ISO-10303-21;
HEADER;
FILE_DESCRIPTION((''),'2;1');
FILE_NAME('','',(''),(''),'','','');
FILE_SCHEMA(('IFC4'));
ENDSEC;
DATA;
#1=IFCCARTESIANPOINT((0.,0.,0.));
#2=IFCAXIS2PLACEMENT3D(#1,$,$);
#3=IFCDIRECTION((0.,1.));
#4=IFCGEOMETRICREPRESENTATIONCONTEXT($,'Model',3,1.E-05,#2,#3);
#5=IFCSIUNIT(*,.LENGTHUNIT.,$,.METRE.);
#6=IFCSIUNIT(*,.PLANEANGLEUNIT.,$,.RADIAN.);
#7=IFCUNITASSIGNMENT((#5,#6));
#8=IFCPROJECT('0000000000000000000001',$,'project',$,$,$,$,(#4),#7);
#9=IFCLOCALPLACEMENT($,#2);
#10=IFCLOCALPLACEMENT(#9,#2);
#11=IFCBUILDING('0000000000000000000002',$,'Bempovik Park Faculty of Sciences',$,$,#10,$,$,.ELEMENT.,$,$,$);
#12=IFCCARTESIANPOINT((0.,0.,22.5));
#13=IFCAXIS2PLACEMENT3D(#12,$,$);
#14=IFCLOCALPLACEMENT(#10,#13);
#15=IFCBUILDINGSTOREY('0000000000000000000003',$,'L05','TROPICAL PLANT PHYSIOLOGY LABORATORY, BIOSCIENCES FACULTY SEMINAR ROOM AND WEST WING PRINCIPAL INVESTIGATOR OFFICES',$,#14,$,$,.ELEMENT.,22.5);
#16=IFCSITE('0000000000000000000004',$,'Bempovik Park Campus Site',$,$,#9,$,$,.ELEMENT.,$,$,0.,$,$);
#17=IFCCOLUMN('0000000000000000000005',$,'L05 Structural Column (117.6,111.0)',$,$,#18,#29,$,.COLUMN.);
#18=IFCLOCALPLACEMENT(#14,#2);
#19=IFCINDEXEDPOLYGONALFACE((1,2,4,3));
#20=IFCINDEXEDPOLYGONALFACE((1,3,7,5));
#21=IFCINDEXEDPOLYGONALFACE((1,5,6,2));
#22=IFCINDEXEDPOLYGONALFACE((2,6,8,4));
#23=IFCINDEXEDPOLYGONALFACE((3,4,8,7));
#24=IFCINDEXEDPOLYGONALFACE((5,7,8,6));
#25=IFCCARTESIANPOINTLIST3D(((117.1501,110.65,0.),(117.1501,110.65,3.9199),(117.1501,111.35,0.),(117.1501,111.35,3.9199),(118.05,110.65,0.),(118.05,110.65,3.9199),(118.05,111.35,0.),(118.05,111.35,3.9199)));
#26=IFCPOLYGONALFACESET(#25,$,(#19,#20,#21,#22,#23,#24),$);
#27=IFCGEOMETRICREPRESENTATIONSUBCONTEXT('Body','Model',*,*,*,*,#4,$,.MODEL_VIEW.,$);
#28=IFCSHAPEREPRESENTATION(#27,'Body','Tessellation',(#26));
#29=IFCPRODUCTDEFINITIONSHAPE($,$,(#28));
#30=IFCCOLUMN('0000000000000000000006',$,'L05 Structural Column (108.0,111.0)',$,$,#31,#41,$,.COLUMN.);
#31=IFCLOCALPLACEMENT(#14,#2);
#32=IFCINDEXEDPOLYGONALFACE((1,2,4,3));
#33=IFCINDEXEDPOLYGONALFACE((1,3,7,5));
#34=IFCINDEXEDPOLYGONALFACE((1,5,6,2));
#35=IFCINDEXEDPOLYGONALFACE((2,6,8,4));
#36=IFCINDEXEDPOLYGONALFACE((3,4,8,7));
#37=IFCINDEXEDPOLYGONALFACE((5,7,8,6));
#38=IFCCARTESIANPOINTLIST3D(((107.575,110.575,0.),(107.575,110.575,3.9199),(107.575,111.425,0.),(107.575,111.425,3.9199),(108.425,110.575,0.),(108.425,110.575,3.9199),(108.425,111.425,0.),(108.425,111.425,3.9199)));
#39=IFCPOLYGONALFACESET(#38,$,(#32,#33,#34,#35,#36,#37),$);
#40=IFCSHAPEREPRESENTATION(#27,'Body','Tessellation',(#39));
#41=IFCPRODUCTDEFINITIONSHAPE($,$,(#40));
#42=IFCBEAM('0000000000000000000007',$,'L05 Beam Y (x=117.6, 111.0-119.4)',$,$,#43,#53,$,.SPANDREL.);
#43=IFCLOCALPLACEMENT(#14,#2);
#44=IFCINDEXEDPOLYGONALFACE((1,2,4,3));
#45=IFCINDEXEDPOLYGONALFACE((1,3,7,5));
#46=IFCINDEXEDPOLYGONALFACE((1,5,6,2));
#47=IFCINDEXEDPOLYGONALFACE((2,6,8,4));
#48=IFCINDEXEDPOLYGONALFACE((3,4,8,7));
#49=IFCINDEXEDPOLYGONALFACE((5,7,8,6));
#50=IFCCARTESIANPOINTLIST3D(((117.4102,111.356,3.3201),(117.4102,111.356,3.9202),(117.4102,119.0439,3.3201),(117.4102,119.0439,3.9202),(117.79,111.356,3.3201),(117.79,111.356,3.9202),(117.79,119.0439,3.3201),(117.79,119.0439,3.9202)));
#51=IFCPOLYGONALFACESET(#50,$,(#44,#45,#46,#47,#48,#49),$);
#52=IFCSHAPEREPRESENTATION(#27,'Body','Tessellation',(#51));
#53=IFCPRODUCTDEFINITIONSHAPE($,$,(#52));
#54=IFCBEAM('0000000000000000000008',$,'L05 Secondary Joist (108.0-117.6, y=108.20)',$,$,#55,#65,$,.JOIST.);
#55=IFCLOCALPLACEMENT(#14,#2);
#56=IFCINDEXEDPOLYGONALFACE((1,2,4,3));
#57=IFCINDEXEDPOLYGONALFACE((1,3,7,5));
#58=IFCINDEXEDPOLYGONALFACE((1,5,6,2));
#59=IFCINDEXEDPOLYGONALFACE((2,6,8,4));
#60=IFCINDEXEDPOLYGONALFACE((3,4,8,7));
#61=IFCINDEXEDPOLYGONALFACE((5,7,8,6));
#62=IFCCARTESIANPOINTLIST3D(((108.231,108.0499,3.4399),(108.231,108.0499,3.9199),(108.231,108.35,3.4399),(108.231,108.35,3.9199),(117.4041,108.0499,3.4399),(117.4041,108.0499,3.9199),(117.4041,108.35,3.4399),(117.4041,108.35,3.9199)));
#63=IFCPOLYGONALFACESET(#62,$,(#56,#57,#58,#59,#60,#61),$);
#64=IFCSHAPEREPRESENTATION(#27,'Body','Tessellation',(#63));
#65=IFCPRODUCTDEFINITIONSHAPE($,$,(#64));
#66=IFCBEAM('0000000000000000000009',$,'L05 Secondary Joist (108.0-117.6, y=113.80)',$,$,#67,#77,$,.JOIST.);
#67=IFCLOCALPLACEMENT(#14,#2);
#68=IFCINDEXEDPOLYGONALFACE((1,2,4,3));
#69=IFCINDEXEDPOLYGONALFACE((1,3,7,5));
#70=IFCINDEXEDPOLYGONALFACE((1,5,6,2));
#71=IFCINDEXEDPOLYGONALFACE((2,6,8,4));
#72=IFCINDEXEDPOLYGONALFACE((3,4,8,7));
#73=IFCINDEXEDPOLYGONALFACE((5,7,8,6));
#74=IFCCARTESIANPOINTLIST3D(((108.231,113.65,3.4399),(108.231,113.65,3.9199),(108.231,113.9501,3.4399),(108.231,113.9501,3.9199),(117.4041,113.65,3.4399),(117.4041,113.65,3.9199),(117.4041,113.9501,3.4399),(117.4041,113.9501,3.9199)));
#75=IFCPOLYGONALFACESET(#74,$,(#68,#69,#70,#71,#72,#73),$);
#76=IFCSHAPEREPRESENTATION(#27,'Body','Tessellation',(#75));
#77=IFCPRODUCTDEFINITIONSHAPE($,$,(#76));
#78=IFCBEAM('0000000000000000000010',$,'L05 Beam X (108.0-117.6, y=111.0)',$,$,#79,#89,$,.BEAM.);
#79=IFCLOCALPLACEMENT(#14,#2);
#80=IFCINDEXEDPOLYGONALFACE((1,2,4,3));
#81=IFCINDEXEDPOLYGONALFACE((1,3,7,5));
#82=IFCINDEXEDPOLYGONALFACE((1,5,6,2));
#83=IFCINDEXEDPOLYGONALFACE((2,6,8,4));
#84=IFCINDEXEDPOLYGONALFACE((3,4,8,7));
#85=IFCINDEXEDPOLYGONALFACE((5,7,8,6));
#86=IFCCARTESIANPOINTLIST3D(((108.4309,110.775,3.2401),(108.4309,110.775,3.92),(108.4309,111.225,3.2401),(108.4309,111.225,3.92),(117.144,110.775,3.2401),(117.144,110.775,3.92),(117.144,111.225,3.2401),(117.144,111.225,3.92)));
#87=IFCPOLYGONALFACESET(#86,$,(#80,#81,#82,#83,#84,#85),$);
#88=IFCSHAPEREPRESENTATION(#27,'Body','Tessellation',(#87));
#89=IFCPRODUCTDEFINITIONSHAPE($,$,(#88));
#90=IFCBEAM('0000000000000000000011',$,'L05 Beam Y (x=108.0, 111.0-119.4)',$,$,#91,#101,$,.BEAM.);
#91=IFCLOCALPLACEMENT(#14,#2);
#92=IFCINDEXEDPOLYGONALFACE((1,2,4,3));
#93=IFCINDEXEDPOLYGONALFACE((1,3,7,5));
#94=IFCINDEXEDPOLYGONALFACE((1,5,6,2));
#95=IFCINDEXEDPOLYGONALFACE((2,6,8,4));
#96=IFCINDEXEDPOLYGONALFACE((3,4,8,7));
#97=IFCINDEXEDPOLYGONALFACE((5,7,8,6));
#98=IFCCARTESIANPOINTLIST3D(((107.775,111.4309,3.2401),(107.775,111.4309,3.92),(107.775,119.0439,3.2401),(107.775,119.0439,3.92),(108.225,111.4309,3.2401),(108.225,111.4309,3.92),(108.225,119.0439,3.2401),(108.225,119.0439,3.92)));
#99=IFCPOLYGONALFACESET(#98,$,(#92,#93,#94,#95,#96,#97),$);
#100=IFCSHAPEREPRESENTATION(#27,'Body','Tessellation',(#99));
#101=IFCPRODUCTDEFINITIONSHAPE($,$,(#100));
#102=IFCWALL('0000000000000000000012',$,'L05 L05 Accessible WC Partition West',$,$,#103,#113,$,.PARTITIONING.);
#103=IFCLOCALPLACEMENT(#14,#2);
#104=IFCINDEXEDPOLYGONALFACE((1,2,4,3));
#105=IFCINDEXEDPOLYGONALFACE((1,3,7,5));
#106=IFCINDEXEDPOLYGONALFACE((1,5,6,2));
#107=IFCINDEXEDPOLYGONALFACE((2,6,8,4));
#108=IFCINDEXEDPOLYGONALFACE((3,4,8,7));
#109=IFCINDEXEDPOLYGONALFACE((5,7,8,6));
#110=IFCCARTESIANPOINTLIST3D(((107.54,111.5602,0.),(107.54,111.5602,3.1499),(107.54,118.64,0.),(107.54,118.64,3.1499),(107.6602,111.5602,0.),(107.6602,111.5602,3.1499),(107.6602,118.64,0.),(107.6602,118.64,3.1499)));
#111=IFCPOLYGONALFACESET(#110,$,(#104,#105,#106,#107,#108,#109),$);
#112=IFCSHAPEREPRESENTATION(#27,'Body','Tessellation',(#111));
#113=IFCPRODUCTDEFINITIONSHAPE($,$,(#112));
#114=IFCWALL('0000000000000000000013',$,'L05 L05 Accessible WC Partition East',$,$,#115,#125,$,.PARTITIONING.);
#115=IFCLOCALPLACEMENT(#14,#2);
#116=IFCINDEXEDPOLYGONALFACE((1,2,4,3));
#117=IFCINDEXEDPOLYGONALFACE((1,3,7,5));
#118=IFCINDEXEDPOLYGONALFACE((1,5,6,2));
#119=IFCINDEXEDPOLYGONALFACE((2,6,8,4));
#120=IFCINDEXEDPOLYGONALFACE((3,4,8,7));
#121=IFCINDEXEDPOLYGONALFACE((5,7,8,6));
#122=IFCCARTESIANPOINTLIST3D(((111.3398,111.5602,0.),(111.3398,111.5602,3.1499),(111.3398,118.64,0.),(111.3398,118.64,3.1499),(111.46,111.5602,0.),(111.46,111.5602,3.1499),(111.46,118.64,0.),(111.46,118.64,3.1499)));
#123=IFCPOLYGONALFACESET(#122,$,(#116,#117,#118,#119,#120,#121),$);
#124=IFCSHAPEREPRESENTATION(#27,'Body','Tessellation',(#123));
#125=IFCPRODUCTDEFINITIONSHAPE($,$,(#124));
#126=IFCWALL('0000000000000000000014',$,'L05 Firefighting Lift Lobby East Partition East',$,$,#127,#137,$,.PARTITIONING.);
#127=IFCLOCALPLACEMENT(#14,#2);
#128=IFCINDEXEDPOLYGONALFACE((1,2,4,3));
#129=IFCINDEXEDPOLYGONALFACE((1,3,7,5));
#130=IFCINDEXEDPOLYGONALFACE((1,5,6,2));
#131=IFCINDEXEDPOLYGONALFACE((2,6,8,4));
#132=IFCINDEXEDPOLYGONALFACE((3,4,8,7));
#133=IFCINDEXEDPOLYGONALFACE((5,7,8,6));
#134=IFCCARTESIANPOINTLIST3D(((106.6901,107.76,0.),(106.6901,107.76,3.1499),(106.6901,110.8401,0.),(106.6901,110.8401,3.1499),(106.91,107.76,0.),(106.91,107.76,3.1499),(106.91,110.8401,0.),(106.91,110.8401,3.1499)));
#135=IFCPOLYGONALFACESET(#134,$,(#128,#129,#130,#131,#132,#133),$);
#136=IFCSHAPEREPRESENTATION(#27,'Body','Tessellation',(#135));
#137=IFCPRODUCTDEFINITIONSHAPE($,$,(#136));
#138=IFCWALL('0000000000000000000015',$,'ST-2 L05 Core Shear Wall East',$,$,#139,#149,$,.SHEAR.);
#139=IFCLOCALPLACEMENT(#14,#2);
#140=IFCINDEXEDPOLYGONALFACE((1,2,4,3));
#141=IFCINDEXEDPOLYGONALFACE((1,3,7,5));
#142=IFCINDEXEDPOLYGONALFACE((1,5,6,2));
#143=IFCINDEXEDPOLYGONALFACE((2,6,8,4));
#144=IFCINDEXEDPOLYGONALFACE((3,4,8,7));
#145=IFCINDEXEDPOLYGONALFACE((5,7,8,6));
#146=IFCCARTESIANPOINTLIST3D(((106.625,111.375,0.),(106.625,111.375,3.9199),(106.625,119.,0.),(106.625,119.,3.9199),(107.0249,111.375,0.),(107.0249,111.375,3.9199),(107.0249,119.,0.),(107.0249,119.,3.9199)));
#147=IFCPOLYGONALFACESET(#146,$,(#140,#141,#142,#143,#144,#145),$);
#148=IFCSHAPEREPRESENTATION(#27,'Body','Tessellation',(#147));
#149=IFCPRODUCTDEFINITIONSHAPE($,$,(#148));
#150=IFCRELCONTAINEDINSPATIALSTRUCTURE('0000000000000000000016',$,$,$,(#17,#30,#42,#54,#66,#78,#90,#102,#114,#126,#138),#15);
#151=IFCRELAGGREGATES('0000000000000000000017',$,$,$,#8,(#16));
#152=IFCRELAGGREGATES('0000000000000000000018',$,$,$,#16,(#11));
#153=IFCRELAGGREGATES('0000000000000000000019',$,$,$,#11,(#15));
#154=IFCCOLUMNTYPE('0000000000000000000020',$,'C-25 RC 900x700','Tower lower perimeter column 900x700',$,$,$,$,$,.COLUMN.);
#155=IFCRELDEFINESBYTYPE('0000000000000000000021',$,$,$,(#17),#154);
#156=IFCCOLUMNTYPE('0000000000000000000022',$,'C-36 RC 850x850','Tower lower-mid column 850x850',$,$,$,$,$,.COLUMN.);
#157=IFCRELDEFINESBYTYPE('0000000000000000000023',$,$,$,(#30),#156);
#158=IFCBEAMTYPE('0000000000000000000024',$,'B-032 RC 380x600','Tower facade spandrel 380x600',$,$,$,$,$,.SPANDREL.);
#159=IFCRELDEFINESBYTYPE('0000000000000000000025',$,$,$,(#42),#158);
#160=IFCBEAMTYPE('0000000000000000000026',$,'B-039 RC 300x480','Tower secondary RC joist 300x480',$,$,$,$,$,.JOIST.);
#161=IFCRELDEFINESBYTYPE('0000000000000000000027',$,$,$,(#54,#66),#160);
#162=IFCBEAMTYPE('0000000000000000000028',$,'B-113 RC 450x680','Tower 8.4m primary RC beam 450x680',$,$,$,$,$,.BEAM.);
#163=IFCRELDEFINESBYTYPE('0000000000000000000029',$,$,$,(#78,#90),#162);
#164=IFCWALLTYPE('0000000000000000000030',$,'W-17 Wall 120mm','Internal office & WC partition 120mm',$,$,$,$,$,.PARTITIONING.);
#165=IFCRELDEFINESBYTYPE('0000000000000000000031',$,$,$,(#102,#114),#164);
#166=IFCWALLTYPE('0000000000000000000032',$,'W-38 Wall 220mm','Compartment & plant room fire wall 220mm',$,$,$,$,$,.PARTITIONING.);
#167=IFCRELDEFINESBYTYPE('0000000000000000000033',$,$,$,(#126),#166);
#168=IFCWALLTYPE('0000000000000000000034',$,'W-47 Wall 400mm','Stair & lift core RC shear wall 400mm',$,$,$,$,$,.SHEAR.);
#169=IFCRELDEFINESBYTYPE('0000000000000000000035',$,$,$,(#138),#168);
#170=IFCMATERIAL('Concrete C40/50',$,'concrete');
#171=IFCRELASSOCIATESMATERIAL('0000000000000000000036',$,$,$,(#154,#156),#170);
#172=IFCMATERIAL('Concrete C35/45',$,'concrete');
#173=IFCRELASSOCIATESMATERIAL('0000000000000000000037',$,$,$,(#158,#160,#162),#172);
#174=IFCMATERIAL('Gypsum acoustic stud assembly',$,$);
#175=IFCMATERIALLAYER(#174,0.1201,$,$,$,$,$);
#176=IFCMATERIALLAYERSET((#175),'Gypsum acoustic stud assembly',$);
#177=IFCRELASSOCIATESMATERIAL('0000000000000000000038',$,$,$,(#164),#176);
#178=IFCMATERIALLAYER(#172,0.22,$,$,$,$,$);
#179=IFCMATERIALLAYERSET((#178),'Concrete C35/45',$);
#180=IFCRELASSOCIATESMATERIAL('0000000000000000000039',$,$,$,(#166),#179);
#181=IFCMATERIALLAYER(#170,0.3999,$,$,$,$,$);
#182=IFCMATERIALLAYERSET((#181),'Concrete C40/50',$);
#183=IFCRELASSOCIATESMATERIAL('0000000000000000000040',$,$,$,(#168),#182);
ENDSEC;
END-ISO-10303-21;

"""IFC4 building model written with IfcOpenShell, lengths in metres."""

from ifc_helpers import new_model, si_unit, direction, frame, frame_2d, origin, origin_2d, place, context, subcontext, project, spatial, rectangle, extrude, material, layer, layer_set, material_profile, profile_set, type_object, element, save


model = new_model("IFC4")

# Units and contexts
model_context = context("Model", 3, precision=1e-05, world=origin(), true_north=direction((0.0, 1.0)))
body_context = subcontext(model_context, "Body", "Model", "MODEL_VIEW")
ifc_project = project(units=[si_unit("LENGTHUNIT", "METRE"), si_unit("PLANEANGLEUNIT", "RADIAN")], contexts=[model_context])

# Site, building, storey
site_placement = place(None, origin())
site = spatial("IfcSite", under=ifc_project, at=site_placement, Name="Bempovik Park Campus Site", CompositionType="ELEMENT", RefElevation=0.0)
building_placement = place(site_placement, origin())
building = spatial("IfcBuilding", under=site, at=building_placement, Name="Bempovik Park Faculty of Sciences", CompositionType="ELEMENT")
storey_placement = place(building_placement, frame((0.0, 0.0, 22.5)))
storey = spatial("IfcBuildingStorey", under=building, at=storey_placement, Name="L05", Description="TROPICAL PLANT PHYSIOLOGY LABORATORY, BIOSCIENCES FACULTY SEMINAR ROOM AND WEST WING PRINCIPAL INVESTIGATOR OFFICES", CompositionType="ELEMENT", Elevation=22.5)

# Columns
ifc_material_1 = material(Name="Concrete C40/50", Category="concrete")
ifc_material_profile_1 = material_profile(ifc_material_1, rectangle(XDim=0.8999, YDim=0.7, at=origin_2d()), Name="RC 900x700")
ifc_profile_set_1 = profile_set([ifc_material_profile_1], Name="Concrete C40/50")
column_type_1 = type_object("IfcColumnType", Name="C-25 RC 900x700", Description="Tower lower perimeter column 900x700", PredefinedType="COLUMN", material=ifc_profile_set_1)
column_1_placement = place(storey_placement, frame((117.6001, 111.0, 0.0), z_axis=(0.0, 0.0, 1.0), x_axis=(1.0, 0.0, 0.0)))
element("IfcColumn", 1, at=column_1_placement, inside=storey, type_object=column_type_1, Name="L05 Structural Column (117.6,111.0)", PredefinedType="COLUMN", context=body_context, shape_type="SweptSolid", body=[
    extrude(rectangle(XDim=0.8999, YDim=0.7, at=origin_2d()), origin(), (0.0, 0.0, 1.0), 3.9199),
])
ifc_material_profile_2 = material_profile(ifc_material_1, rectangle(XDim=0.8501, YDim=0.8501, at=origin_2d()), Name="RC 850x850")
ifc_profile_set_2 = profile_set([ifc_material_profile_2], Name="Concrete C40/50")
column_type_2 = type_object("IfcColumnType", Name="C-36 RC 850x850", Description="Tower lower-mid column 850x850", PredefinedType="COLUMN", material=ifc_profile_set_2)
column_2_placement = place(storey_placement, frame((108.0, 111.0, 0.0), z_axis=(0.0, 0.0, 1.0), x_axis=(1.0, 0.0, 0.0)))
element("IfcColumn", 2, at=column_2_placement, inside=storey, type_object=column_type_2, Name="L05 Structural Column (108.0,111.0)", PredefinedType="COLUMN", context=body_context, shape_type="SweptSolid", body=[
    extrude(rectangle(XDim=0.8501, YDim=0.8501, at=origin_2d()), origin(), (0.0, 0.0, 1.0), 3.9199),
])

# Beams
ifc_material_2 = material(Name="Concrete C35/45", Category="concrete")
ifc_material_profile_3 = material_profile(ifc_material_2, rectangle(XDim=0.3799, YDim=0.6001, at=origin_2d()), Name="RC 380x600")
ifc_profile_set_3 = profile_set([ifc_material_profile_3], Name="Concrete C35/45")
beam_type_1 = type_object("IfcBeamType", Name="B-032 RC 380x600", Description="Tower facade spandrel 380x600", PredefinedType="SPANDREL", material=ifc_profile_set_3)
beam_1_placement = place(storey_placement, frame((117.6001, 111.356, 3.6201), z_axis=(0.0, 1.0, 0.0), x_axis=(-1.0, 0.0, 0.0)))
element("IfcBeam", 3, at=beam_1_placement, inside=storey, type_object=beam_type_1, Name="L05 Beam Y (x=117.6, 111.0-119.4)", PredefinedType="SPANDREL", context=body_context, shape_type="SweptSolid", body=[
    extrude(rectangle(XDim=0.3799, YDim=0.6001, at=origin_2d()), origin(), (0.0, 0.0, 1.0), 7.688),
])
ifc_material_profile_4 = material_profile(ifc_material_2, rectangle(XDim=0.3, YDim=0.48, at=origin_2d()), Name="RC 300x480")
ifc_profile_set_4 = profile_set([ifc_material_profile_4], Name="Concrete C35/45")
beam_type_2 = type_object("IfcBeamType", Name="B-039 RC 300x480", Description="Tower secondary RC joist 300x480", PredefinedType="JOIST", material=ifc_profile_set_4)
for number, where, z_axis, x_axis, name in (
    (4, (108.231, 108.2, 3.6799), (1.0, 0.0, 0.0), (0.0, 1.0, 0.0), "L05 Secondary Joist (108.0-117.6, y=108.20)"),
    (5, (108.231, 113.8, 3.6799), (1.0, 0.0, 0.0), (0.0, 1.0, 0.0), "L05 Secondary Joist (108.0-117.6, y=113.80)"),
):
    element("IfcBeam", number, at=place(storey_placement, frame(where, z_axis=z_axis, x_axis=x_axis)), inside=storey, type_object=beam_type_2, Name=name, PredefinedType="JOIST", context=body_context, shape_type="SweptSolid", body=[
        extrude(rectangle(XDim=0.3, YDim=0.48, at=origin_2d()), origin(), (0.0, 0.0, 1.0), 9.1731),
    ])
ifc_material_profile_5 = material_profile(ifc_material_2, rectangle(XDim=0.45, YDim=0.6799, at=origin_2d()), Name="RC 450x680")
ifc_profile_set_5 = profile_set([ifc_material_profile_5], Name="Concrete C35/45")
beam_type_3 = type_object("IfcBeamType", Name="B-113 RC 450x680", Description="Tower 8.4m primary RC beam 450x680", PredefinedType="BEAM", material=ifc_profile_set_5)
beam_2_placement = place(storey_placement, frame((108.4309, 111.0, 3.5801), z_axis=(1.0, 0.0, 0.0), x_axis=(0.0, 1.0, 0.0)))
element("IfcBeam", 6, at=beam_2_placement, inside=storey, type_object=beam_type_3, Name="L05 Beam X (108.0-117.6, y=111.0)", PredefinedType="BEAM", context=body_context, shape_type="SweptSolid", body=[
    extrude(rectangle(XDim=0.45, YDim=0.6799, at=origin_2d()), origin(), (0.0, 0.0, 1.0), 8.7131),
])
beam_3_placement = place(storey_placement, frame((108.0, 111.4309, 3.5801), z_axis=(0.0, 1.0, 0.0), x_axis=(-1.0, 0.0, 0.0)))
element("IfcBeam", 7, at=beam_3_placement, inside=storey, type_object=beam_type_3, Name="L05 Beam Y (x=108.0, 111.0-119.4)", PredefinedType="BEAM", context=body_context, shape_type="SweptSolid", body=[
    extrude(rectangle(XDim=0.45, YDim=0.6799, at=origin_2d()), origin(), (0.0, 0.0, 1.0), 7.613),
])

# Shared definitions
ifc_material_3 = material(Name="Gypsum acoustic stud assembly")
ifc_layer_1 = layer(ifc_material_3, 0.1201)
ifc_layer_set_1 = layer_set([ifc_layer_1], Name="Gypsum acoustic stud assembly")
wall_type_1 = type_object("IfcWallType", Name="W-17 Wall 120mm", Description="Internal office & WC partition 120mm", PredefinedType="PARTITIONING", material=ifc_layer_set_1)

# Walls
for number, where, z_axis, x_axis, name in (
    (8, (107.6001, 111.5601, 0.0), (0.0, 0.0, 1.0), (0.0, 1.0, 0.0), "L05 L05 Accessible WC Partition West"),
    (9, (111.3999, 111.5601, 0.0), (0.0, 0.0, 1.0), (0.0, 1.0, 0.0), "L05 L05 Accessible WC Partition East"),
):
    element("IfcWall", number, at=place(storey_placement, frame(where, z_axis=z_axis, x_axis=x_axis)), inside=storey, type_object=wall_type_1, Name=name, PredefinedType="PARTITIONING", context=body_context, shape_type="SweptSolid", body=[
        extrude(rectangle(XDim=7.0798, YDim=0.1201, at=frame_2d((3.54, 0.0))), origin(), (0.0, 0.0, 1.0), 3.1499),
    ])
ifc_layer_2 = layer(ifc_material_2, 0.22)
ifc_layer_set_2 = layer_set([ifc_layer_2], Name="Concrete C35/45")
wall_type_2 = type_object("IfcWallType", Name="W-38 Wall 220mm", Description="Compartment & plant room fire wall 220mm", PredefinedType="PARTITIONING", material=ifc_layer_set_2)
wall_1_placement = place(storey_placement, frame((106.8, 107.76, 0.0), z_axis=(0.0, 0.0, 1.0), x_axis=(0.0, 1.0, 0.0)))
element("IfcWall", 10, at=wall_1_placement, inside=storey, type_object=wall_type_2, Name="L05 Firefighting Lift Lobby East Partition East", PredefinedType="PARTITIONING", context=body_context, shape_type="SweptSolid", body=[
    extrude(rectangle(XDim=3.0801, YDim=0.22, at=frame_2d((1.54, 0.0))), origin(), (0.0, 0.0, 1.0), 3.1499),
])
ifc_layer_3 = layer(ifc_material_1, 0.3999)
ifc_layer_set_3 = layer_set([ifc_layer_3], Name="Concrete C40/50")
wall_type_3 = type_object("IfcWallType", Name="W-47 Wall 400mm", Description="Stair & lift core RC shear wall 400mm", PredefinedType="SHEAR", material=ifc_layer_set_3)
wall_2_placement = place(storey_placement, frame((106.825, 111.375, 0.0), z_axis=(0.0, 0.0, 1.0), x_axis=(0.0, 1.0, 0.0)))
element("IfcWall", 11, at=wall_2_placement, inside=storey, type_object=wall_type_3, Name="ST-2 L05 Core Shear Wall East", PredefinedType="SHEAR", context=body_context, shape_type="SweptSolid", body=[
    extrude(rectangle(XDim=7.625, YDim=0.3999, at=frame_2d((3.8125, 0.0))), origin(), (0.0, 0.0, 1.0), 3.9199),
])

save(model, "model.ifc")
